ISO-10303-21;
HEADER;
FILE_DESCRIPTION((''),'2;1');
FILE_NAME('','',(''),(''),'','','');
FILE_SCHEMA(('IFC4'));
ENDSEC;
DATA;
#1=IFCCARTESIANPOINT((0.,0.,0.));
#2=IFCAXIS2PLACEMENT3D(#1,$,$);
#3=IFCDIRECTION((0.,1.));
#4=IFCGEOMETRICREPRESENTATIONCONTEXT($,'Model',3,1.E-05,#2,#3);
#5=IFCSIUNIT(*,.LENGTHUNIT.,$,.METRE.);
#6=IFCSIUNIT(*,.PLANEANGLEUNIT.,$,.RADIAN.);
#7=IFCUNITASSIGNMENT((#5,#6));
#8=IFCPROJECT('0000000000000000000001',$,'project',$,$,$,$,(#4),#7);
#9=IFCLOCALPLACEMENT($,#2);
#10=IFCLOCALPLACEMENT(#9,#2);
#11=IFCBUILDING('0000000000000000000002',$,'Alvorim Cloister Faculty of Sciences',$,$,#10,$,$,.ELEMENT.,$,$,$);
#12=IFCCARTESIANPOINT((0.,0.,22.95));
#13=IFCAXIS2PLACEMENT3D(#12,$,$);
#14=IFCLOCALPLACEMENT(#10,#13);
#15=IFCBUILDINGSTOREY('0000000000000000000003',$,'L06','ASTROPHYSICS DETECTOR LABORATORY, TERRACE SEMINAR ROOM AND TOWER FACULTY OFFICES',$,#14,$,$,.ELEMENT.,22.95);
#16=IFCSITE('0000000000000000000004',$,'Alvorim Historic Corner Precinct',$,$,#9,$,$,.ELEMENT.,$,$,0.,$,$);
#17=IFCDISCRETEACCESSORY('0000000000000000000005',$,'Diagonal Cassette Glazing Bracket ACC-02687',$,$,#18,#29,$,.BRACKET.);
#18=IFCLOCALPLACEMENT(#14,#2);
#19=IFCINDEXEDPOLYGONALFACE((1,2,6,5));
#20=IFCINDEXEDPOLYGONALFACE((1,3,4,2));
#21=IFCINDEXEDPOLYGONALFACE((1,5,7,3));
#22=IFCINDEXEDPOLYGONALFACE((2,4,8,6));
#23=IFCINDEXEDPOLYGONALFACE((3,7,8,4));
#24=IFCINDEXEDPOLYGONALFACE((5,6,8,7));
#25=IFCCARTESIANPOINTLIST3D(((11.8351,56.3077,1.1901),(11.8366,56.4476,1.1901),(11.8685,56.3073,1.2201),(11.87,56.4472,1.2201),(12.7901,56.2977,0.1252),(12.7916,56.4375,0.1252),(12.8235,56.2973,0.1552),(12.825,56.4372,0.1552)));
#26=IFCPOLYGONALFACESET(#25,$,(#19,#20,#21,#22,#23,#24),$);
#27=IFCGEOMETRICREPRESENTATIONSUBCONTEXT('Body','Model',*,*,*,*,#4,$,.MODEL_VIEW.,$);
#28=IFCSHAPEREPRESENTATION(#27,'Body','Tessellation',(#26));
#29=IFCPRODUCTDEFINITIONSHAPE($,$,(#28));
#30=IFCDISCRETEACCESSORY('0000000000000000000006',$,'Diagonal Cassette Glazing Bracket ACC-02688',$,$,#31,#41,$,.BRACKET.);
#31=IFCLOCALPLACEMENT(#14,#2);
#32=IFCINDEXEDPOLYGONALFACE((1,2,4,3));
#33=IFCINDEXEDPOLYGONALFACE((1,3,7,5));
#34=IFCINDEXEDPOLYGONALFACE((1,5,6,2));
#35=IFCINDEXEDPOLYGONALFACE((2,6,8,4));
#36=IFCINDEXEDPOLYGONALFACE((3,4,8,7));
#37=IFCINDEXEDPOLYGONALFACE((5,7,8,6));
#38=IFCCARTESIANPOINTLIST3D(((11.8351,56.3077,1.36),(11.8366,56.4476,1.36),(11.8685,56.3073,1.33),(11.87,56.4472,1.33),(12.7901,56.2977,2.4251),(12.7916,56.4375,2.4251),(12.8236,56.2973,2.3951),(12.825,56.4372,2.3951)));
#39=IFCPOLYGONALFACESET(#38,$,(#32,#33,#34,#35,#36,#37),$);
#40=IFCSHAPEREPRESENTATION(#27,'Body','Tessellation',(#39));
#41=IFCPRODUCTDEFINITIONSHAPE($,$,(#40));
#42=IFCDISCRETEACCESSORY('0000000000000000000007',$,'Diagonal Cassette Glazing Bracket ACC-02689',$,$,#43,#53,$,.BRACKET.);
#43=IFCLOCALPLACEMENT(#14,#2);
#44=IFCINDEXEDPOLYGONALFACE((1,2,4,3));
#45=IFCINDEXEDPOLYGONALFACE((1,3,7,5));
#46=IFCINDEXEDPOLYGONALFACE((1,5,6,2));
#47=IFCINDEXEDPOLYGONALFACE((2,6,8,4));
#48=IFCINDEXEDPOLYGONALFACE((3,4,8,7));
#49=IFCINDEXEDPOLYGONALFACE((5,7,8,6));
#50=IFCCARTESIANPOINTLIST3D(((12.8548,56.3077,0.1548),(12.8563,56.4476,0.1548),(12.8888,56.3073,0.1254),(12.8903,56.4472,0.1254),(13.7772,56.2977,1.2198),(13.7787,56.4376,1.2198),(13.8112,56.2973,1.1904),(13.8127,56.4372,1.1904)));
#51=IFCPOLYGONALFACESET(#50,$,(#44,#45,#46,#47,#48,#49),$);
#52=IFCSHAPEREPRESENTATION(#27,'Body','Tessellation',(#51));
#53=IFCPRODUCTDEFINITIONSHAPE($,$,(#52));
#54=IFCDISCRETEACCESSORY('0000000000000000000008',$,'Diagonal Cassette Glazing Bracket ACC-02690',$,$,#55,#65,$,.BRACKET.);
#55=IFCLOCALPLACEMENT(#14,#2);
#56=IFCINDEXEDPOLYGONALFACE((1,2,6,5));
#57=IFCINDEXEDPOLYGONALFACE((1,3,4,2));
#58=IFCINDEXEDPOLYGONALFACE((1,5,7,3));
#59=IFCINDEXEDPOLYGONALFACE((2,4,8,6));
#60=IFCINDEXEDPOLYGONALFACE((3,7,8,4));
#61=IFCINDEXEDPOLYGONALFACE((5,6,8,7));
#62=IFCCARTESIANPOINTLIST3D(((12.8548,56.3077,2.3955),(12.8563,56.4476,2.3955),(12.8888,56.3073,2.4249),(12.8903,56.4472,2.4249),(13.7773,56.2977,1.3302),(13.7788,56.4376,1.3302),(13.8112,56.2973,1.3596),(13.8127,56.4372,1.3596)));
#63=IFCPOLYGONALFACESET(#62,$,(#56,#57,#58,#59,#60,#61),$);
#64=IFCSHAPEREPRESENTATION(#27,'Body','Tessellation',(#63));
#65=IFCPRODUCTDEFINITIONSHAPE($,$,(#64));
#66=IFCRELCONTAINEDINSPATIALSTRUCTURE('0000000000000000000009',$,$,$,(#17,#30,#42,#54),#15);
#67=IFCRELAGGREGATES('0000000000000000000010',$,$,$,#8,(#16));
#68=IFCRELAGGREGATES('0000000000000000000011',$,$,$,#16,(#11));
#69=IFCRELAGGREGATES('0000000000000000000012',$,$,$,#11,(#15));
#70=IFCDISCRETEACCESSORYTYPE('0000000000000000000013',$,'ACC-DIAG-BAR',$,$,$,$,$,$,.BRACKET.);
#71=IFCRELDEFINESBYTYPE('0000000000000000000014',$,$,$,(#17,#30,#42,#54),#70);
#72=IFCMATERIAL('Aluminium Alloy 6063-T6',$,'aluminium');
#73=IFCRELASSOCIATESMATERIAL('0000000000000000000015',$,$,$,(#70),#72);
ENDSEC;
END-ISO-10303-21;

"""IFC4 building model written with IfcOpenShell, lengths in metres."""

from ifc_helpers import new_model, si_unit, direction, frame, origin, origin_2d, place, context, subcontext, project, spatial, rectangle, extrude, material, type_object, element, save


model = new_model("IFC4")

# Units and contexts
model_context = context("Model", 3, precision=1e-05, world=origin(), true_north=direction((0.0, 1.0)))
body_context = subcontext(model_context, "Body", "Model", "MODEL_VIEW")
ifc_project = project(units=[si_unit("LENGTHUNIT", "METRE"), si_unit("PLANEANGLEUNIT", "RADIAN")], contexts=[model_context])

# Site, building, storey
site_placement = place(None, origin())
site = spatial("IfcSite", under=ifc_project, at=site_placement, Name="Alvorim Historic Corner Precinct", CompositionType="ELEMENT", RefElevation=0.0)
building_placement = place(site_placement, origin())
building = spatial("IfcBuilding", under=site, at=building_placement, Name="Alvorim Cloister Faculty of Sciences", CompositionType="ELEMENT")
storey_placement = place(building_placement, frame((0.0, 0.0, 22.95)))
storey = spatial("IfcBuildingStorey", under=building, at=storey_placement, Name="L06", Description="ASTROPHYSICS DETECTOR LABORATORY, TERRACE SEMINAR ROOM AND TOWER FACULTY OFFICES", CompositionType="ELEMENT", Elevation=22.95)

# Shared definitions
ifc_material_1 = material(Name="Aluminium Alloy 6063-T6", Category="aluminium")

# Discrete accessories
discrete_accessory_type = type_object("IfcDiscreteAccessoryType", Name="ACC-DIAG-BAR", PredefinedType="BRACKET", material=ifc_material_1)
discrete_accessory_1_placement = place(storey_placement, frame((11.8525, 56.3774, 1.2051), z_axis=(0.667646, -0.006997, -0.744446), x_axis=(0.01048, 0.999945, 0.0)))
element("IfcDiscreteAccessory", 1, at=discrete_accessory_1_placement, inside=storey, type_object=discrete_accessory_type, Name="Diagonal Cassette Glazing Bracket ACC-02687", PredefinedType="BRACKET", context=body_context, shape_type="SweptSolid", body=[
    extrude(rectangle(XDim=0.1399, YDim=0.0449, at=origin_2d()), origin(), (0.0, 0.0, 1.0), 1.4304),
])
discrete_accessory_2_placement = place(storey_placement, frame((11.8525, 56.3774, 1.345), z_axis=(0.667561, -0.006996, 0.744522), x_axis=(0.01048, 0.999945, 0.0)))
element("IfcDiscreteAccessory", 2, at=discrete_accessory_2_placement, inside=storey, type_object=discrete_accessory_type, Name="Diagonal Cassette Glazing Bracket ACC-02688", PredefinedType="BRACKET", context=body_context, shape_type="SweptSolid", body=[
    extrude(rectangle(XDim=0.1399, YDim=0.0449, at=origin_2d()), origin(), (0.0, 0.0, 1.0), 1.4307),
])
discrete_accessory_3_placement = place(storey_placement, frame((12.8726, 56.3774, 0.1401), z_axis=(0.654676, -0.007105, 0.755876), x_axis=(0.010852, 0.999941, 0.0)))
element("IfcDiscreteAccessory", 3, at=discrete_accessory_3_placement, inside=storey, type_object=discrete_accessory_type, Name="Diagonal Cassette Glazing Bracket ACC-02689", PredefinedType="BRACKET", context=body_context, shape_type="SweptSolid", body=[
    extrude(rectangle(XDim=0.1399, YDim=0.0449, at=origin_2d()), origin(), (0.0, 0.0, 1.0), 1.4089),
])
discrete_accessory_4_placement = place(storey_placement, frame((12.8726, 56.3774, 2.4102), z_axis=(0.654591, -0.007104, -0.75595), x_axis=(0.010852, 0.999941, 0.0)))
element("IfcDiscreteAccessory", 4, at=discrete_accessory_4_placement, inside=storey, type_object=discrete_accessory_type, Name="Diagonal Cassette Glazing Bracket ACC-02690", PredefinedType="BRACKET", context=body_context, shape_type="SweptSolid", body=[
    extrude(rectangle(XDim=0.1399, YDim=0.0449, at=origin_2d()), origin(), (0.0, 0.0, 1.0), 1.4092),
])

save(model, "model.ifc")
